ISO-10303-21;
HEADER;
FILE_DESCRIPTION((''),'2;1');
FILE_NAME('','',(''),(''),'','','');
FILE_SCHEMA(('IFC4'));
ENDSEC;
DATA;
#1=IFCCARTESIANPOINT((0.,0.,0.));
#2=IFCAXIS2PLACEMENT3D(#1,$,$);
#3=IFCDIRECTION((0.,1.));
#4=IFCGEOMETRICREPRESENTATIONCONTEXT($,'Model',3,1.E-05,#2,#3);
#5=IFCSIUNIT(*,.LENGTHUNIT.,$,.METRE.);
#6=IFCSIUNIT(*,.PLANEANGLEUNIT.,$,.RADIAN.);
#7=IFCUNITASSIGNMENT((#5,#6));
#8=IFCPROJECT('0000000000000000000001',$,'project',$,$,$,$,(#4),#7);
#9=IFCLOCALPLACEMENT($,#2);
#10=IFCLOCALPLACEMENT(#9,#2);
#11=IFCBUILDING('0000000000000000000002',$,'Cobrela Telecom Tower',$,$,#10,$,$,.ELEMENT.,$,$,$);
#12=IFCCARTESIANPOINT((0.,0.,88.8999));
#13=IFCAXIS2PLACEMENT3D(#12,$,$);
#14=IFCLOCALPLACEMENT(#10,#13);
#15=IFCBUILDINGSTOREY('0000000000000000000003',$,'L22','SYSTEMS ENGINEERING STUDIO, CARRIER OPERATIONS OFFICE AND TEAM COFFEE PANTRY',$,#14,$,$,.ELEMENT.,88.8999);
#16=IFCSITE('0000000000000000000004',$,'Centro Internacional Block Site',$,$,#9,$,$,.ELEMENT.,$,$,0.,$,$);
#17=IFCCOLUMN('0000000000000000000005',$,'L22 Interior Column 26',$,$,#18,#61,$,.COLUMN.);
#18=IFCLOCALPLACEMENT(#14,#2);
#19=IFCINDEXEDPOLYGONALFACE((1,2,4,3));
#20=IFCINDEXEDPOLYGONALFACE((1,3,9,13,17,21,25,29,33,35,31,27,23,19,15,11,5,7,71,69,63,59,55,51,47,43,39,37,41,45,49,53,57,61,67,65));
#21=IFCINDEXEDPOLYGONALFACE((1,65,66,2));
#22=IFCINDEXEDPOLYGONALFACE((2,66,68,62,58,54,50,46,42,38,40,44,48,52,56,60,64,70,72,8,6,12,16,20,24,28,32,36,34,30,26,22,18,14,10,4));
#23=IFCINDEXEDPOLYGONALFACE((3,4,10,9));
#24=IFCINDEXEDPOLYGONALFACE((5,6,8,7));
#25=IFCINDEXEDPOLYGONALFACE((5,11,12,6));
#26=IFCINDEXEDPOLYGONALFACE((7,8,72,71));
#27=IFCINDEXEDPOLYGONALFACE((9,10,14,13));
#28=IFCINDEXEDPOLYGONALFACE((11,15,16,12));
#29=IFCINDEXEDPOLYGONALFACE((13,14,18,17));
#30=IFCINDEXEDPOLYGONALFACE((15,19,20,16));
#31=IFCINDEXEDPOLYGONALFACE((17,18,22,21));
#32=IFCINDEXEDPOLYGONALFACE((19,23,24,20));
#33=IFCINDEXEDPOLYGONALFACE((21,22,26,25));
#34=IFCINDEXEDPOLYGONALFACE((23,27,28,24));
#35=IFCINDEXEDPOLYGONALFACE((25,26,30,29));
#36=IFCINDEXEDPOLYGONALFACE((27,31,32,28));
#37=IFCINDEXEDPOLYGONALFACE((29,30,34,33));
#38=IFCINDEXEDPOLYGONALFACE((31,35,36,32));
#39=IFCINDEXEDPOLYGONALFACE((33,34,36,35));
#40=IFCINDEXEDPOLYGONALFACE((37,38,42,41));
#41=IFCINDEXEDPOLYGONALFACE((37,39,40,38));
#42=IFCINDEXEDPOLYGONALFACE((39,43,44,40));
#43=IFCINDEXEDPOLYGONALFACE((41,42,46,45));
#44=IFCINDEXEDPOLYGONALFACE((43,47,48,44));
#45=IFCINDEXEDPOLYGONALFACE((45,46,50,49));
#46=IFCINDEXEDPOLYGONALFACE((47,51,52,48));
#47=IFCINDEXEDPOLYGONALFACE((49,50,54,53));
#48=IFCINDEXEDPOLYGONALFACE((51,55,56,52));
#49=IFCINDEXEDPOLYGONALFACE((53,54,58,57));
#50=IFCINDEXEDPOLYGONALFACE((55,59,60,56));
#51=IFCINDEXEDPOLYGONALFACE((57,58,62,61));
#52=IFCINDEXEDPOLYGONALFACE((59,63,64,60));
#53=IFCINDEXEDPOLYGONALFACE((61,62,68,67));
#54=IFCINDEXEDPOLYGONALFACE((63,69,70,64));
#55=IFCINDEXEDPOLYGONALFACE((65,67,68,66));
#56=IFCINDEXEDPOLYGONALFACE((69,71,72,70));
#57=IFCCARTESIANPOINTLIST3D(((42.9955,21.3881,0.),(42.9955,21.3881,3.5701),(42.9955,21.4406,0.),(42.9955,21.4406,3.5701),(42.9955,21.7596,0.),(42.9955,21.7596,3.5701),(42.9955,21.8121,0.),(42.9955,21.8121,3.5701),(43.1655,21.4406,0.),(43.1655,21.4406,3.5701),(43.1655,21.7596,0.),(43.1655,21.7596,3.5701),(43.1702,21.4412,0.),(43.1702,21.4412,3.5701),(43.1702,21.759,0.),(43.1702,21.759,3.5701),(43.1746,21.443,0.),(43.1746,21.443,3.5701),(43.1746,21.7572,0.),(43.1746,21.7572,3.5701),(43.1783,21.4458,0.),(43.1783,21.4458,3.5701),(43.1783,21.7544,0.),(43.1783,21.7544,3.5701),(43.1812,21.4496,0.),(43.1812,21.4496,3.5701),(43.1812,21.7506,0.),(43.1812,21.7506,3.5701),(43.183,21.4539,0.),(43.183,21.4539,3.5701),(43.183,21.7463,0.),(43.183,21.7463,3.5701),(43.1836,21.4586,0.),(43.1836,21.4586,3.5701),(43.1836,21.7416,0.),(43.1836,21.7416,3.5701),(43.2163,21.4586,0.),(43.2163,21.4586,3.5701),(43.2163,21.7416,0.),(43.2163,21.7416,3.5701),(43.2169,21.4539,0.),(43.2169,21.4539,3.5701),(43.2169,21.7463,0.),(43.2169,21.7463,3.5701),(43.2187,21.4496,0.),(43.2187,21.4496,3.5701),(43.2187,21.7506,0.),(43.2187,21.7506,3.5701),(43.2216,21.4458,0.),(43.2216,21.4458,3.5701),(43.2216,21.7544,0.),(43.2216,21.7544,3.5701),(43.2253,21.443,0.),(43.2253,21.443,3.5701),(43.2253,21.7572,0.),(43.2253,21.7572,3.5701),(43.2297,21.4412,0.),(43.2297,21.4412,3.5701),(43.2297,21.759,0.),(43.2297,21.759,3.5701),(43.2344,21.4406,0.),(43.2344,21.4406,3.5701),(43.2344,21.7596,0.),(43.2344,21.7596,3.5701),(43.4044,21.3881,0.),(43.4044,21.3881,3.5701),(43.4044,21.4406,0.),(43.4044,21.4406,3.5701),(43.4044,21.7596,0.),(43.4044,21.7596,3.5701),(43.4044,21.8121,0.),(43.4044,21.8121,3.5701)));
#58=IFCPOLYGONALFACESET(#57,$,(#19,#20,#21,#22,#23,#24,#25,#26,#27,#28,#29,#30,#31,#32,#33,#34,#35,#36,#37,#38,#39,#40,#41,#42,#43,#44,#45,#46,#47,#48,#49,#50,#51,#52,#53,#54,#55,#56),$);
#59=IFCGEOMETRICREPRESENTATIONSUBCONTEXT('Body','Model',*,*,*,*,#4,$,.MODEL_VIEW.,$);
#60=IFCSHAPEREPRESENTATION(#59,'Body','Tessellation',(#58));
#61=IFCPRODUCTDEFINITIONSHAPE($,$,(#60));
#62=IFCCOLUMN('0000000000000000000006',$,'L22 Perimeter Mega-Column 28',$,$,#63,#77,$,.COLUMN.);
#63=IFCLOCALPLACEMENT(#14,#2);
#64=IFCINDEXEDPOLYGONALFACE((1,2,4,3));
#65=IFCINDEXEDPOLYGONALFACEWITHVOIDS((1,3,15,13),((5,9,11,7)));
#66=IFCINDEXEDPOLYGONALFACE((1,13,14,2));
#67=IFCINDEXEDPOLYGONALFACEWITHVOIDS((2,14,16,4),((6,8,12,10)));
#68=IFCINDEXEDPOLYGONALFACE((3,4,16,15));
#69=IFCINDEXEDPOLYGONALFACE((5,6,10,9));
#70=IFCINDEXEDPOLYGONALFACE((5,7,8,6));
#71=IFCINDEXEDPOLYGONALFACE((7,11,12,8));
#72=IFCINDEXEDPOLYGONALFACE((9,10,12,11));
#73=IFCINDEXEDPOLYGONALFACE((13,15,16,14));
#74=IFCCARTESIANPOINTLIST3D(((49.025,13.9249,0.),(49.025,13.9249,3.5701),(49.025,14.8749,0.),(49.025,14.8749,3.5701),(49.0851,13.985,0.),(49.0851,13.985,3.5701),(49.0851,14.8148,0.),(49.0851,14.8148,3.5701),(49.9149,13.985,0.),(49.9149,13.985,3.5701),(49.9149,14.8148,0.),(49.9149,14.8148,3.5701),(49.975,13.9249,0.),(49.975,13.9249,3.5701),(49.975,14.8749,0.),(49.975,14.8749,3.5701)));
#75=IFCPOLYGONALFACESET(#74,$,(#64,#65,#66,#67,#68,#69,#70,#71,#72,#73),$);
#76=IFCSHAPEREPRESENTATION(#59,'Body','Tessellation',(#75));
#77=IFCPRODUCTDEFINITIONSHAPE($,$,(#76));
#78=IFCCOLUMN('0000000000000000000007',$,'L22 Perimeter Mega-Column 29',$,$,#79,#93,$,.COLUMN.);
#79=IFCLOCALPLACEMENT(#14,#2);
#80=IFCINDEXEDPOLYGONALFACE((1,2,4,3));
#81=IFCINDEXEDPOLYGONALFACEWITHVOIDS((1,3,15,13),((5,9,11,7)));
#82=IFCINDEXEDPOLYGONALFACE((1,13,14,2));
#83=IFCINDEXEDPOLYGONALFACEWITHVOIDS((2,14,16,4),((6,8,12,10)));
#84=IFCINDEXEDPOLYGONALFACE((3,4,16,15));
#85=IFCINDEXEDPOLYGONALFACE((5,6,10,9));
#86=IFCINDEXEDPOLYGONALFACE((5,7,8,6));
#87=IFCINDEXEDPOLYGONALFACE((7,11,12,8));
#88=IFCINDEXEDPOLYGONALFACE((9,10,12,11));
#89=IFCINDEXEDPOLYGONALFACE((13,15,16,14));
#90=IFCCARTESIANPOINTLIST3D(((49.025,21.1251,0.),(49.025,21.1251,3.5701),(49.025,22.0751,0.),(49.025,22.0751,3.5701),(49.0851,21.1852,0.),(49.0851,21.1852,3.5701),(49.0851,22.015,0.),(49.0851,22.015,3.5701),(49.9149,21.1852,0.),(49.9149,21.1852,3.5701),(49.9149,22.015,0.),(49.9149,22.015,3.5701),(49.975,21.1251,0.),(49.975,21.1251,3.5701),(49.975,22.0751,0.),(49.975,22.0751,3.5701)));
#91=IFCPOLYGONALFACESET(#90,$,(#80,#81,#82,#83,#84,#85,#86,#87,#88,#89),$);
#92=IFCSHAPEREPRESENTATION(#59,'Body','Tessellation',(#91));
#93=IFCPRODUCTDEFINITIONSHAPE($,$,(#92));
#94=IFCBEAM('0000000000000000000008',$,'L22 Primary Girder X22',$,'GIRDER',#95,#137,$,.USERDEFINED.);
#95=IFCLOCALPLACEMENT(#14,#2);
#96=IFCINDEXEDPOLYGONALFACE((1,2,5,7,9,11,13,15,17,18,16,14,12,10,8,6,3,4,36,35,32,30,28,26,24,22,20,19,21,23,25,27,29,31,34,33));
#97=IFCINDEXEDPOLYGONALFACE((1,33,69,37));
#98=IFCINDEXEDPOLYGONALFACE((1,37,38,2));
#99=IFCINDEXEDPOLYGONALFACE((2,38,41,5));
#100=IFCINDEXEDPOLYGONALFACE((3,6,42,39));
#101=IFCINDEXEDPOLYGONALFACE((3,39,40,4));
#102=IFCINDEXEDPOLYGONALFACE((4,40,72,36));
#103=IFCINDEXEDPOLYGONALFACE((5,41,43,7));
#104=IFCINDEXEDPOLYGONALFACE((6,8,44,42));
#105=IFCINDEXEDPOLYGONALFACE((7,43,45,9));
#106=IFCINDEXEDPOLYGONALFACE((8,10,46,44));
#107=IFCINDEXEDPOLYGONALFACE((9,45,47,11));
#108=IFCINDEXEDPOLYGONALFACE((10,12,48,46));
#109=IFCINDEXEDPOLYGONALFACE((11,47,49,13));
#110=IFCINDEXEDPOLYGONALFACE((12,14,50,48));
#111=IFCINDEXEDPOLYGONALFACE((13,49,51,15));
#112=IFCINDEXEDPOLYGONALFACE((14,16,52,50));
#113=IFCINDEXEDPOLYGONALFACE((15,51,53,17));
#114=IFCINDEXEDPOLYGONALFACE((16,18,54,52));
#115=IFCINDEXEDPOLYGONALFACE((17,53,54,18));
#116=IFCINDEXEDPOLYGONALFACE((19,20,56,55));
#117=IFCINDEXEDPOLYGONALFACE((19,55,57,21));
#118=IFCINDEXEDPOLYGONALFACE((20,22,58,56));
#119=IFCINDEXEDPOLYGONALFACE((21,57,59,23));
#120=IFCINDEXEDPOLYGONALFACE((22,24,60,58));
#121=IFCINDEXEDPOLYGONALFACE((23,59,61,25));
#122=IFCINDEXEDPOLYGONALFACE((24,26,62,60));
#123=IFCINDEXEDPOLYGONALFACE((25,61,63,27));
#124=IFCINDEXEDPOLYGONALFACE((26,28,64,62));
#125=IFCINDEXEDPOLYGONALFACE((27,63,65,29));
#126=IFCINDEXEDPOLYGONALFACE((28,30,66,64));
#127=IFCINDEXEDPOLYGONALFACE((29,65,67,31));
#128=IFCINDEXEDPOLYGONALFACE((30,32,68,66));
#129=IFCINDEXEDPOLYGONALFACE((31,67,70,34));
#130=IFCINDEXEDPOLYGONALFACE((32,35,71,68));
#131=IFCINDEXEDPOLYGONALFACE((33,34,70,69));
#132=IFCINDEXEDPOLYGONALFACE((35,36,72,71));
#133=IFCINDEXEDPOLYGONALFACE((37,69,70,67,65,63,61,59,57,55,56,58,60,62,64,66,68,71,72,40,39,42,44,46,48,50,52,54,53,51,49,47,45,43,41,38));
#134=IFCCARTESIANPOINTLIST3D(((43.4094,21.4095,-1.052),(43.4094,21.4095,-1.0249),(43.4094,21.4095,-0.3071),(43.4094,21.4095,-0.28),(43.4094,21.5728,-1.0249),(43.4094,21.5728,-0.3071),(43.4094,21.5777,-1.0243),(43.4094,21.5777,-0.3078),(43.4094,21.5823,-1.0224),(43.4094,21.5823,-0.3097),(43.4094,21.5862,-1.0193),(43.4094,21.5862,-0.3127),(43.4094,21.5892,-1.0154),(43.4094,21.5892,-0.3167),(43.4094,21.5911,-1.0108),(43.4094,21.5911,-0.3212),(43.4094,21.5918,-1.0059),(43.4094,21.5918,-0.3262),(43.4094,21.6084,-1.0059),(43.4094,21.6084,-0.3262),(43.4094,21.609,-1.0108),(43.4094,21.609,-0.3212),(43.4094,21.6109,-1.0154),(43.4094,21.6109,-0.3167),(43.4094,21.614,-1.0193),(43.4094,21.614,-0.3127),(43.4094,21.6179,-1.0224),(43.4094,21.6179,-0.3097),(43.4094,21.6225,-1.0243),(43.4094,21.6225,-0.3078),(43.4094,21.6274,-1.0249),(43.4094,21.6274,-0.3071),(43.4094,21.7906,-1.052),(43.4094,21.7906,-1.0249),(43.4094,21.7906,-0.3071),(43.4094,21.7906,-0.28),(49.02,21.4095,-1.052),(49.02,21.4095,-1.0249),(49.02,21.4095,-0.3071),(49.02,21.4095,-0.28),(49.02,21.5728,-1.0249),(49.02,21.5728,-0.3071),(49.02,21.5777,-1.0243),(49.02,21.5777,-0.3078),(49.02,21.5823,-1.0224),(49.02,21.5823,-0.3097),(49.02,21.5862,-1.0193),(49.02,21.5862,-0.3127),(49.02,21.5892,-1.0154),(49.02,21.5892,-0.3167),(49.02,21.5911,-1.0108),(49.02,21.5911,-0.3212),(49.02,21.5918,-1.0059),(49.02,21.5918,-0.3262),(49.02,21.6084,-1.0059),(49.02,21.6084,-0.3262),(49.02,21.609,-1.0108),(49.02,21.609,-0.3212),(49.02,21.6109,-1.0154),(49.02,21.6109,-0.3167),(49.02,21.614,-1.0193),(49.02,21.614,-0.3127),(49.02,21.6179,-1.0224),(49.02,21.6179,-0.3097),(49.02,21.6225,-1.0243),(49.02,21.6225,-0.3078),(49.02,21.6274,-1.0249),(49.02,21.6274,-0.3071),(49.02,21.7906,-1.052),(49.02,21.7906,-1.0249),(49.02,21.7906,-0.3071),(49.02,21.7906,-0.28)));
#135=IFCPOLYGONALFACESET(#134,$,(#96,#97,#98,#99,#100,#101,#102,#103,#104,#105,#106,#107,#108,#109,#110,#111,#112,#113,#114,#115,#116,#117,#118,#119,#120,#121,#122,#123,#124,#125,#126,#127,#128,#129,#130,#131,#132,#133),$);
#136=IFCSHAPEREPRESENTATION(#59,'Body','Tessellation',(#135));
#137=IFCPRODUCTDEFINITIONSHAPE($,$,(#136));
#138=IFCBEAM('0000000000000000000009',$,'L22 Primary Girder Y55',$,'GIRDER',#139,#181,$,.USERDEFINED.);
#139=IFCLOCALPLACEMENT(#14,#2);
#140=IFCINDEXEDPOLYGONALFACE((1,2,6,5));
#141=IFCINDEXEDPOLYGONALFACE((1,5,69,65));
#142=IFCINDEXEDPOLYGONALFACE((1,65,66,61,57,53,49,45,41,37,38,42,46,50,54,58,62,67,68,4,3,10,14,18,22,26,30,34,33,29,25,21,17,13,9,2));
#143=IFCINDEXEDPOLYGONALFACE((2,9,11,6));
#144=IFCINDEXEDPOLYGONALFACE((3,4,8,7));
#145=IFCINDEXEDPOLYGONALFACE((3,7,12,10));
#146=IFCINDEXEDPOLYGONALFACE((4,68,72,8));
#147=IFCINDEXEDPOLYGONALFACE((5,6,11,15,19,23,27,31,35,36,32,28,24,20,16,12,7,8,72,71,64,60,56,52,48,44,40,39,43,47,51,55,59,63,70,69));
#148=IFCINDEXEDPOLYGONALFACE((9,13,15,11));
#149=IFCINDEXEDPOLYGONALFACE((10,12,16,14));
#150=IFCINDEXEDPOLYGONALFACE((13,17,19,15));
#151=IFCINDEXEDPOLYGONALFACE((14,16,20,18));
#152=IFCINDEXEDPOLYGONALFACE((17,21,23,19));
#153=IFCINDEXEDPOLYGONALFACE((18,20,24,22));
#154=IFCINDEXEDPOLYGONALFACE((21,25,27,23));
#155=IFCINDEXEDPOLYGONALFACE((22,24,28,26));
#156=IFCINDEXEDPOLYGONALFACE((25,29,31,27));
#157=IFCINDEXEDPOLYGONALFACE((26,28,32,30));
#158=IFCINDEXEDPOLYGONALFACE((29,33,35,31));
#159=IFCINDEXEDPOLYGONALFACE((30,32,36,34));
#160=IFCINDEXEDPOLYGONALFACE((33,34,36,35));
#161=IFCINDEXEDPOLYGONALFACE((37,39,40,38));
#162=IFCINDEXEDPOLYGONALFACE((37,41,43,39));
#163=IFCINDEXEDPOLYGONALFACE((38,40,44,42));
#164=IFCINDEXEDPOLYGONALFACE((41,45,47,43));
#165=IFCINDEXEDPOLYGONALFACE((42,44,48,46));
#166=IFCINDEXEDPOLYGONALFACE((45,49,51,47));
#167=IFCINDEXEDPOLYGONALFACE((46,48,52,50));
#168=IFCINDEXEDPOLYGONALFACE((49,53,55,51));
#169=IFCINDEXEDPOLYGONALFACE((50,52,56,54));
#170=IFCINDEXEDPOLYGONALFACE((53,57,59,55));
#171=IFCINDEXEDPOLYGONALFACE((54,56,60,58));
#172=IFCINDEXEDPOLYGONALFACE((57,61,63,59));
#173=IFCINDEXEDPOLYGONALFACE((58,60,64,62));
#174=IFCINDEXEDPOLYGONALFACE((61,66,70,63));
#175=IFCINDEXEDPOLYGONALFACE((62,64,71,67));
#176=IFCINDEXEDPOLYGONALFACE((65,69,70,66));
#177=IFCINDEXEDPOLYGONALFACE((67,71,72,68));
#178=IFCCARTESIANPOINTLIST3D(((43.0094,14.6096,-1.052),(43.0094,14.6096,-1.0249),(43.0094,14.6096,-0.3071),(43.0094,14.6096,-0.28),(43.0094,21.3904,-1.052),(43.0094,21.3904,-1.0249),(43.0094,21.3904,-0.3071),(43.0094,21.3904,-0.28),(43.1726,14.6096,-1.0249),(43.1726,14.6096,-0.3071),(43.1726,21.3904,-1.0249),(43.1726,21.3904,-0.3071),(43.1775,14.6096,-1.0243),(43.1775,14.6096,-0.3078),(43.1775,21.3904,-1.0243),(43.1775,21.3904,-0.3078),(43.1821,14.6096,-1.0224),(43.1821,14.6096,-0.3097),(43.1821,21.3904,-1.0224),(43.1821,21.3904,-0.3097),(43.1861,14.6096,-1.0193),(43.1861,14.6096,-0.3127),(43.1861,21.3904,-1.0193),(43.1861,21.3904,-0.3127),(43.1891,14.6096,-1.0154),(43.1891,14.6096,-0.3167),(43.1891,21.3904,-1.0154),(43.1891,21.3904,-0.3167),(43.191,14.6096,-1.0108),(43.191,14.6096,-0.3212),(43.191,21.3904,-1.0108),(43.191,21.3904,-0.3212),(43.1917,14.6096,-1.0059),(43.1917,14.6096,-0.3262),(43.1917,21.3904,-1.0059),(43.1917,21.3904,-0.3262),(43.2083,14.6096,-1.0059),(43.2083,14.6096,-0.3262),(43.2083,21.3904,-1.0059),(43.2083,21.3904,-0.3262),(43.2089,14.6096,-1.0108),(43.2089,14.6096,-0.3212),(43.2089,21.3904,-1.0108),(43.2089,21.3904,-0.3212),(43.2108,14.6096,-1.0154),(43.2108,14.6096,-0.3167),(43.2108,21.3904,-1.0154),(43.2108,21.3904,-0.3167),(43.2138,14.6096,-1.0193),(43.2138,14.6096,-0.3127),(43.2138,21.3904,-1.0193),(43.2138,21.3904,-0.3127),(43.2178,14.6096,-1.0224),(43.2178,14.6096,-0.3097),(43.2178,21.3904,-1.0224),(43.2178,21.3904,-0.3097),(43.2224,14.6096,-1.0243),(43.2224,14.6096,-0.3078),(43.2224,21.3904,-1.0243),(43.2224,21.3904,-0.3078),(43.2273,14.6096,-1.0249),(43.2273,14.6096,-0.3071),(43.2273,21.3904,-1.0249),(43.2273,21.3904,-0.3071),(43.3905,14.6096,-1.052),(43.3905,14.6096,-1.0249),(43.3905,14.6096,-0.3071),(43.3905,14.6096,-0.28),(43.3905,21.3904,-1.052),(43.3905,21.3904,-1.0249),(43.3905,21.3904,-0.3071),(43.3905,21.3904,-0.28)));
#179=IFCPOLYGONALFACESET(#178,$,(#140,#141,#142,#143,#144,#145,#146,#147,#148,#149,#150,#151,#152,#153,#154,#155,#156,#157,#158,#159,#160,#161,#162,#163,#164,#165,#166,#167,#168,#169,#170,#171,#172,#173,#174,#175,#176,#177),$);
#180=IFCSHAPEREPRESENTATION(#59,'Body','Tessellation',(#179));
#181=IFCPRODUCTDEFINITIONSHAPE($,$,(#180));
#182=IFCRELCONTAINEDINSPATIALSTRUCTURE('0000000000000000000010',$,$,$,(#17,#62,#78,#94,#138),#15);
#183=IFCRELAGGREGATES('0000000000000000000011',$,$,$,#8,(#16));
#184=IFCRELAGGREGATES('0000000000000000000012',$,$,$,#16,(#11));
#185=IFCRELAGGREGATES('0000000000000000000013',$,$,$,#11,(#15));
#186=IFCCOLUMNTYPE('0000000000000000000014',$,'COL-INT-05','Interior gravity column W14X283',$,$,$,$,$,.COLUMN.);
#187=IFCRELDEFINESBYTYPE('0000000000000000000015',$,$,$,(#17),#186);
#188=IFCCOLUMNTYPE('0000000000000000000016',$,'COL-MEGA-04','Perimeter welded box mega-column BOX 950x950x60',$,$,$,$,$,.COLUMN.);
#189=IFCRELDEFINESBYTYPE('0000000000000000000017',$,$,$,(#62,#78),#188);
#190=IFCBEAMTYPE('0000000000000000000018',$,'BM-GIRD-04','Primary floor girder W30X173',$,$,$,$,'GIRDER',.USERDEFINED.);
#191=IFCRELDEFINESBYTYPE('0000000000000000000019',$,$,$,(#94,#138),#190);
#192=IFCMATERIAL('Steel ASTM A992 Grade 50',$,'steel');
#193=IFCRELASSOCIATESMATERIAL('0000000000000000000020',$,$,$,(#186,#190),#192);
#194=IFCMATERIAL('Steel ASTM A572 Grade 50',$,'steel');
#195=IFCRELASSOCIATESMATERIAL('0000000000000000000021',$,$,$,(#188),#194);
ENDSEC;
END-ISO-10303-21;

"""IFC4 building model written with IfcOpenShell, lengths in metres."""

from ifc_helpers import new_model, si_unit, direction, frame, origin, origin_2d, place, context, subcontext, project, spatial, hollow_rectangle, i_section, extrude, material, material_profile, profile_set, type_object, element, save


model = new_model("IFC4")

# Units and contexts
model_context = context("Model", 3, precision=1e-05, world=origin(), true_north=direction((0.0, 1.0)))
body_context = subcontext(model_context, "Body", "Model", "MODEL_VIEW")
ifc_project = project(units=[si_unit("LENGTHUNIT", "METRE"), si_unit("PLANEANGLEUNIT", "RADIAN")], contexts=[model_context])

# Site, building, storey
site_placement = place(None, origin())
site = spatial("IfcSite", under=ifc_project, at=site_placement, Name="Centro Internacional Block Site", CompositionType="ELEMENT", RefElevation=0.0)
building_placement = place(site_placement, origin())
building = spatial("IfcBuilding", under=site, at=building_placement, Name="Cobrela Telecom Tower", CompositionType="ELEMENT")
storey_placement = place(building_placement, frame((0.0, 0.0, 88.8999)))
storey = spatial("IfcBuildingStorey", under=building, at=storey_placement, Name="L22", Description="SYSTEMS ENGINEERING STUDIO, CARRIER OPERATIONS OFFICE AND TEAM COFFEE PANTRY", CompositionType="ELEMENT", Elevation=88.8999)

# Columns
ifc_material_1 = material(Name="Steel ASTM A992 Grade 50", Category="steel")
ifc_material_profile_1 = material_profile(ifc_material_1, i_section(OverallWidth=0.4089, OverallDepth=0.4241, WebThickness=0.0327, FlangeThickness=0.0525, FilletRadius=0.0181, at=origin_2d()), Name="W14X283")
ifc_profile_set_1 = profile_set([ifc_material_profile_1], Name="Steel ASTM A992 Grade 50")
column_type_1 = type_object("IfcColumnType", Name="COL-INT-05", Description="Interior gravity column W14X283", PredefinedType="COLUMN", material=ifc_profile_set_1)
column_placement = place(storey_placement, frame((43.2, 21.6001, 0.0), z_axis=(0.0, 0.0, 1.0), x_axis=(1.0, 0.0, 0.0)))
element("IfcColumn", 1, at=column_placement, inside=storey, type_object=column_type_1, Name="L22 Interior Column 26", PredefinedType="COLUMN", context=body_context, shape_type="SweptSolid", body=[
    extrude(i_section(OverallWidth=0.4089, OverallDepth=0.4241, WebThickness=0.0327, FlangeThickness=0.0525, FilletRadius=0.0181, at=origin_2d()), origin(), (0.0, 0.0, 1.0), 3.5701),
])
ifc_material_2 = material(Name="Steel ASTM A572 Grade 50", Category="steel")
ifc_material_profile_2 = material_profile(ifc_material_2, hollow_rectangle(XDim=0.95, YDim=0.95, WallThickness=0.0601, at=origin_2d()), Name="BOX 950x950x60")
ifc_profile_set_2 = profile_set([ifc_material_profile_2], Name="Steel ASTM A572 Grade 50")
column_type_2 = type_object("IfcColumnType", Name="COL-MEGA-04", Description="Perimeter welded box mega-column BOX 950x950x60", PredefinedType="COLUMN", material=ifc_profile_set_2)
for number, where, z_axis, x_axis, name in (
    (2, (49.5, 14.3999, 0.0), (0.0, 0.0, 1.0), (1.0, 0.0, 0.0), "L22 Perimeter Mega-Column 28"),
    (3, (49.5, 21.6001, 0.0), (0.0, 0.0, 1.0), (1.0, 0.0, 0.0), "L22 Perimeter Mega-Column 29"),
):
    element("IfcColumn", number, at=place(storey_placement, frame(where, z_axis=z_axis, x_axis=x_axis)), inside=storey, type_object=column_type_2, Name=name, PredefinedType="COLUMN", context=body_context, shape_type="SweptSolid", body=[
        extrude(hollow_rectangle(XDim=0.95, YDim=0.95, WallThickness=0.0601, at=origin_2d()), origin(), (0.0, 0.0, 1.0), 3.5701),
    ])

# Beams
ifc_material_profile_3 = material_profile(ifc_material_1, i_section(OverallWidth=0.3811, OverallDepth=0.772, WebThickness=0.0166, FlangeThickness=0.0271, FilletRadius=0.019, at=origin_2d()), Name="W30X173")
ifc_profile_set_3 = profile_set([ifc_material_profile_3], Name="Steel ASTM A992 Grade 50")
beam_type_1 = type_object("IfcBeamType", Name="BM-GIRD-04", Description="Primary floor girder W30X173", ElementType="GIRDER", PredefinedType="USERDEFINED", material=ifc_profile_set_3)
beam_1_placement = place(storey_placement, frame((43.4094, 21.6001, -0.666), z_axis=(1.0, 0.0, 0.0), x_axis=(0.0, 1.0, 0.0)))
element("IfcBeam", 4, at=beam_1_placement, inside=storey, type_object=beam_type_1, Name="L22 Primary Girder X22", ObjectType="GIRDER", PredefinedType="USERDEFINED", context=body_context, shape_type="SweptSolid", body=[
    extrude(i_section(OverallWidth=0.3811, OverallDepth=0.772, WebThickness=0.0166, FlangeThickness=0.0271, FilletRadius=0.019, at=origin_2d()), origin(), (0.0, 0.0, 1.0), 5.6106),
])
beam_2_placement = place(storey_placement, frame((43.2, 14.6096, -0.666), z_axis=(0.0, 1.0, 0.0), x_axis=(-1.0, 0.0, 0.0)))
element("IfcBeam", 5, at=beam_2_placement, inside=storey, type_object=beam_type_1, Name="L22 Primary Girder Y55", ObjectType="GIRDER", PredefinedType="USERDEFINED", context=body_context, shape_type="SweptSolid", body=[
    extrude(i_section(OverallWidth=0.3811, OverallDepth=0.772, WebThickness=0.0166, FlangeThickness=0.0271, FilletRadius=0.019, at=origin_2d()), origin(), (0.0, 0.0, 1.0), 6.7808),
])

save(model, "model.ifc")
